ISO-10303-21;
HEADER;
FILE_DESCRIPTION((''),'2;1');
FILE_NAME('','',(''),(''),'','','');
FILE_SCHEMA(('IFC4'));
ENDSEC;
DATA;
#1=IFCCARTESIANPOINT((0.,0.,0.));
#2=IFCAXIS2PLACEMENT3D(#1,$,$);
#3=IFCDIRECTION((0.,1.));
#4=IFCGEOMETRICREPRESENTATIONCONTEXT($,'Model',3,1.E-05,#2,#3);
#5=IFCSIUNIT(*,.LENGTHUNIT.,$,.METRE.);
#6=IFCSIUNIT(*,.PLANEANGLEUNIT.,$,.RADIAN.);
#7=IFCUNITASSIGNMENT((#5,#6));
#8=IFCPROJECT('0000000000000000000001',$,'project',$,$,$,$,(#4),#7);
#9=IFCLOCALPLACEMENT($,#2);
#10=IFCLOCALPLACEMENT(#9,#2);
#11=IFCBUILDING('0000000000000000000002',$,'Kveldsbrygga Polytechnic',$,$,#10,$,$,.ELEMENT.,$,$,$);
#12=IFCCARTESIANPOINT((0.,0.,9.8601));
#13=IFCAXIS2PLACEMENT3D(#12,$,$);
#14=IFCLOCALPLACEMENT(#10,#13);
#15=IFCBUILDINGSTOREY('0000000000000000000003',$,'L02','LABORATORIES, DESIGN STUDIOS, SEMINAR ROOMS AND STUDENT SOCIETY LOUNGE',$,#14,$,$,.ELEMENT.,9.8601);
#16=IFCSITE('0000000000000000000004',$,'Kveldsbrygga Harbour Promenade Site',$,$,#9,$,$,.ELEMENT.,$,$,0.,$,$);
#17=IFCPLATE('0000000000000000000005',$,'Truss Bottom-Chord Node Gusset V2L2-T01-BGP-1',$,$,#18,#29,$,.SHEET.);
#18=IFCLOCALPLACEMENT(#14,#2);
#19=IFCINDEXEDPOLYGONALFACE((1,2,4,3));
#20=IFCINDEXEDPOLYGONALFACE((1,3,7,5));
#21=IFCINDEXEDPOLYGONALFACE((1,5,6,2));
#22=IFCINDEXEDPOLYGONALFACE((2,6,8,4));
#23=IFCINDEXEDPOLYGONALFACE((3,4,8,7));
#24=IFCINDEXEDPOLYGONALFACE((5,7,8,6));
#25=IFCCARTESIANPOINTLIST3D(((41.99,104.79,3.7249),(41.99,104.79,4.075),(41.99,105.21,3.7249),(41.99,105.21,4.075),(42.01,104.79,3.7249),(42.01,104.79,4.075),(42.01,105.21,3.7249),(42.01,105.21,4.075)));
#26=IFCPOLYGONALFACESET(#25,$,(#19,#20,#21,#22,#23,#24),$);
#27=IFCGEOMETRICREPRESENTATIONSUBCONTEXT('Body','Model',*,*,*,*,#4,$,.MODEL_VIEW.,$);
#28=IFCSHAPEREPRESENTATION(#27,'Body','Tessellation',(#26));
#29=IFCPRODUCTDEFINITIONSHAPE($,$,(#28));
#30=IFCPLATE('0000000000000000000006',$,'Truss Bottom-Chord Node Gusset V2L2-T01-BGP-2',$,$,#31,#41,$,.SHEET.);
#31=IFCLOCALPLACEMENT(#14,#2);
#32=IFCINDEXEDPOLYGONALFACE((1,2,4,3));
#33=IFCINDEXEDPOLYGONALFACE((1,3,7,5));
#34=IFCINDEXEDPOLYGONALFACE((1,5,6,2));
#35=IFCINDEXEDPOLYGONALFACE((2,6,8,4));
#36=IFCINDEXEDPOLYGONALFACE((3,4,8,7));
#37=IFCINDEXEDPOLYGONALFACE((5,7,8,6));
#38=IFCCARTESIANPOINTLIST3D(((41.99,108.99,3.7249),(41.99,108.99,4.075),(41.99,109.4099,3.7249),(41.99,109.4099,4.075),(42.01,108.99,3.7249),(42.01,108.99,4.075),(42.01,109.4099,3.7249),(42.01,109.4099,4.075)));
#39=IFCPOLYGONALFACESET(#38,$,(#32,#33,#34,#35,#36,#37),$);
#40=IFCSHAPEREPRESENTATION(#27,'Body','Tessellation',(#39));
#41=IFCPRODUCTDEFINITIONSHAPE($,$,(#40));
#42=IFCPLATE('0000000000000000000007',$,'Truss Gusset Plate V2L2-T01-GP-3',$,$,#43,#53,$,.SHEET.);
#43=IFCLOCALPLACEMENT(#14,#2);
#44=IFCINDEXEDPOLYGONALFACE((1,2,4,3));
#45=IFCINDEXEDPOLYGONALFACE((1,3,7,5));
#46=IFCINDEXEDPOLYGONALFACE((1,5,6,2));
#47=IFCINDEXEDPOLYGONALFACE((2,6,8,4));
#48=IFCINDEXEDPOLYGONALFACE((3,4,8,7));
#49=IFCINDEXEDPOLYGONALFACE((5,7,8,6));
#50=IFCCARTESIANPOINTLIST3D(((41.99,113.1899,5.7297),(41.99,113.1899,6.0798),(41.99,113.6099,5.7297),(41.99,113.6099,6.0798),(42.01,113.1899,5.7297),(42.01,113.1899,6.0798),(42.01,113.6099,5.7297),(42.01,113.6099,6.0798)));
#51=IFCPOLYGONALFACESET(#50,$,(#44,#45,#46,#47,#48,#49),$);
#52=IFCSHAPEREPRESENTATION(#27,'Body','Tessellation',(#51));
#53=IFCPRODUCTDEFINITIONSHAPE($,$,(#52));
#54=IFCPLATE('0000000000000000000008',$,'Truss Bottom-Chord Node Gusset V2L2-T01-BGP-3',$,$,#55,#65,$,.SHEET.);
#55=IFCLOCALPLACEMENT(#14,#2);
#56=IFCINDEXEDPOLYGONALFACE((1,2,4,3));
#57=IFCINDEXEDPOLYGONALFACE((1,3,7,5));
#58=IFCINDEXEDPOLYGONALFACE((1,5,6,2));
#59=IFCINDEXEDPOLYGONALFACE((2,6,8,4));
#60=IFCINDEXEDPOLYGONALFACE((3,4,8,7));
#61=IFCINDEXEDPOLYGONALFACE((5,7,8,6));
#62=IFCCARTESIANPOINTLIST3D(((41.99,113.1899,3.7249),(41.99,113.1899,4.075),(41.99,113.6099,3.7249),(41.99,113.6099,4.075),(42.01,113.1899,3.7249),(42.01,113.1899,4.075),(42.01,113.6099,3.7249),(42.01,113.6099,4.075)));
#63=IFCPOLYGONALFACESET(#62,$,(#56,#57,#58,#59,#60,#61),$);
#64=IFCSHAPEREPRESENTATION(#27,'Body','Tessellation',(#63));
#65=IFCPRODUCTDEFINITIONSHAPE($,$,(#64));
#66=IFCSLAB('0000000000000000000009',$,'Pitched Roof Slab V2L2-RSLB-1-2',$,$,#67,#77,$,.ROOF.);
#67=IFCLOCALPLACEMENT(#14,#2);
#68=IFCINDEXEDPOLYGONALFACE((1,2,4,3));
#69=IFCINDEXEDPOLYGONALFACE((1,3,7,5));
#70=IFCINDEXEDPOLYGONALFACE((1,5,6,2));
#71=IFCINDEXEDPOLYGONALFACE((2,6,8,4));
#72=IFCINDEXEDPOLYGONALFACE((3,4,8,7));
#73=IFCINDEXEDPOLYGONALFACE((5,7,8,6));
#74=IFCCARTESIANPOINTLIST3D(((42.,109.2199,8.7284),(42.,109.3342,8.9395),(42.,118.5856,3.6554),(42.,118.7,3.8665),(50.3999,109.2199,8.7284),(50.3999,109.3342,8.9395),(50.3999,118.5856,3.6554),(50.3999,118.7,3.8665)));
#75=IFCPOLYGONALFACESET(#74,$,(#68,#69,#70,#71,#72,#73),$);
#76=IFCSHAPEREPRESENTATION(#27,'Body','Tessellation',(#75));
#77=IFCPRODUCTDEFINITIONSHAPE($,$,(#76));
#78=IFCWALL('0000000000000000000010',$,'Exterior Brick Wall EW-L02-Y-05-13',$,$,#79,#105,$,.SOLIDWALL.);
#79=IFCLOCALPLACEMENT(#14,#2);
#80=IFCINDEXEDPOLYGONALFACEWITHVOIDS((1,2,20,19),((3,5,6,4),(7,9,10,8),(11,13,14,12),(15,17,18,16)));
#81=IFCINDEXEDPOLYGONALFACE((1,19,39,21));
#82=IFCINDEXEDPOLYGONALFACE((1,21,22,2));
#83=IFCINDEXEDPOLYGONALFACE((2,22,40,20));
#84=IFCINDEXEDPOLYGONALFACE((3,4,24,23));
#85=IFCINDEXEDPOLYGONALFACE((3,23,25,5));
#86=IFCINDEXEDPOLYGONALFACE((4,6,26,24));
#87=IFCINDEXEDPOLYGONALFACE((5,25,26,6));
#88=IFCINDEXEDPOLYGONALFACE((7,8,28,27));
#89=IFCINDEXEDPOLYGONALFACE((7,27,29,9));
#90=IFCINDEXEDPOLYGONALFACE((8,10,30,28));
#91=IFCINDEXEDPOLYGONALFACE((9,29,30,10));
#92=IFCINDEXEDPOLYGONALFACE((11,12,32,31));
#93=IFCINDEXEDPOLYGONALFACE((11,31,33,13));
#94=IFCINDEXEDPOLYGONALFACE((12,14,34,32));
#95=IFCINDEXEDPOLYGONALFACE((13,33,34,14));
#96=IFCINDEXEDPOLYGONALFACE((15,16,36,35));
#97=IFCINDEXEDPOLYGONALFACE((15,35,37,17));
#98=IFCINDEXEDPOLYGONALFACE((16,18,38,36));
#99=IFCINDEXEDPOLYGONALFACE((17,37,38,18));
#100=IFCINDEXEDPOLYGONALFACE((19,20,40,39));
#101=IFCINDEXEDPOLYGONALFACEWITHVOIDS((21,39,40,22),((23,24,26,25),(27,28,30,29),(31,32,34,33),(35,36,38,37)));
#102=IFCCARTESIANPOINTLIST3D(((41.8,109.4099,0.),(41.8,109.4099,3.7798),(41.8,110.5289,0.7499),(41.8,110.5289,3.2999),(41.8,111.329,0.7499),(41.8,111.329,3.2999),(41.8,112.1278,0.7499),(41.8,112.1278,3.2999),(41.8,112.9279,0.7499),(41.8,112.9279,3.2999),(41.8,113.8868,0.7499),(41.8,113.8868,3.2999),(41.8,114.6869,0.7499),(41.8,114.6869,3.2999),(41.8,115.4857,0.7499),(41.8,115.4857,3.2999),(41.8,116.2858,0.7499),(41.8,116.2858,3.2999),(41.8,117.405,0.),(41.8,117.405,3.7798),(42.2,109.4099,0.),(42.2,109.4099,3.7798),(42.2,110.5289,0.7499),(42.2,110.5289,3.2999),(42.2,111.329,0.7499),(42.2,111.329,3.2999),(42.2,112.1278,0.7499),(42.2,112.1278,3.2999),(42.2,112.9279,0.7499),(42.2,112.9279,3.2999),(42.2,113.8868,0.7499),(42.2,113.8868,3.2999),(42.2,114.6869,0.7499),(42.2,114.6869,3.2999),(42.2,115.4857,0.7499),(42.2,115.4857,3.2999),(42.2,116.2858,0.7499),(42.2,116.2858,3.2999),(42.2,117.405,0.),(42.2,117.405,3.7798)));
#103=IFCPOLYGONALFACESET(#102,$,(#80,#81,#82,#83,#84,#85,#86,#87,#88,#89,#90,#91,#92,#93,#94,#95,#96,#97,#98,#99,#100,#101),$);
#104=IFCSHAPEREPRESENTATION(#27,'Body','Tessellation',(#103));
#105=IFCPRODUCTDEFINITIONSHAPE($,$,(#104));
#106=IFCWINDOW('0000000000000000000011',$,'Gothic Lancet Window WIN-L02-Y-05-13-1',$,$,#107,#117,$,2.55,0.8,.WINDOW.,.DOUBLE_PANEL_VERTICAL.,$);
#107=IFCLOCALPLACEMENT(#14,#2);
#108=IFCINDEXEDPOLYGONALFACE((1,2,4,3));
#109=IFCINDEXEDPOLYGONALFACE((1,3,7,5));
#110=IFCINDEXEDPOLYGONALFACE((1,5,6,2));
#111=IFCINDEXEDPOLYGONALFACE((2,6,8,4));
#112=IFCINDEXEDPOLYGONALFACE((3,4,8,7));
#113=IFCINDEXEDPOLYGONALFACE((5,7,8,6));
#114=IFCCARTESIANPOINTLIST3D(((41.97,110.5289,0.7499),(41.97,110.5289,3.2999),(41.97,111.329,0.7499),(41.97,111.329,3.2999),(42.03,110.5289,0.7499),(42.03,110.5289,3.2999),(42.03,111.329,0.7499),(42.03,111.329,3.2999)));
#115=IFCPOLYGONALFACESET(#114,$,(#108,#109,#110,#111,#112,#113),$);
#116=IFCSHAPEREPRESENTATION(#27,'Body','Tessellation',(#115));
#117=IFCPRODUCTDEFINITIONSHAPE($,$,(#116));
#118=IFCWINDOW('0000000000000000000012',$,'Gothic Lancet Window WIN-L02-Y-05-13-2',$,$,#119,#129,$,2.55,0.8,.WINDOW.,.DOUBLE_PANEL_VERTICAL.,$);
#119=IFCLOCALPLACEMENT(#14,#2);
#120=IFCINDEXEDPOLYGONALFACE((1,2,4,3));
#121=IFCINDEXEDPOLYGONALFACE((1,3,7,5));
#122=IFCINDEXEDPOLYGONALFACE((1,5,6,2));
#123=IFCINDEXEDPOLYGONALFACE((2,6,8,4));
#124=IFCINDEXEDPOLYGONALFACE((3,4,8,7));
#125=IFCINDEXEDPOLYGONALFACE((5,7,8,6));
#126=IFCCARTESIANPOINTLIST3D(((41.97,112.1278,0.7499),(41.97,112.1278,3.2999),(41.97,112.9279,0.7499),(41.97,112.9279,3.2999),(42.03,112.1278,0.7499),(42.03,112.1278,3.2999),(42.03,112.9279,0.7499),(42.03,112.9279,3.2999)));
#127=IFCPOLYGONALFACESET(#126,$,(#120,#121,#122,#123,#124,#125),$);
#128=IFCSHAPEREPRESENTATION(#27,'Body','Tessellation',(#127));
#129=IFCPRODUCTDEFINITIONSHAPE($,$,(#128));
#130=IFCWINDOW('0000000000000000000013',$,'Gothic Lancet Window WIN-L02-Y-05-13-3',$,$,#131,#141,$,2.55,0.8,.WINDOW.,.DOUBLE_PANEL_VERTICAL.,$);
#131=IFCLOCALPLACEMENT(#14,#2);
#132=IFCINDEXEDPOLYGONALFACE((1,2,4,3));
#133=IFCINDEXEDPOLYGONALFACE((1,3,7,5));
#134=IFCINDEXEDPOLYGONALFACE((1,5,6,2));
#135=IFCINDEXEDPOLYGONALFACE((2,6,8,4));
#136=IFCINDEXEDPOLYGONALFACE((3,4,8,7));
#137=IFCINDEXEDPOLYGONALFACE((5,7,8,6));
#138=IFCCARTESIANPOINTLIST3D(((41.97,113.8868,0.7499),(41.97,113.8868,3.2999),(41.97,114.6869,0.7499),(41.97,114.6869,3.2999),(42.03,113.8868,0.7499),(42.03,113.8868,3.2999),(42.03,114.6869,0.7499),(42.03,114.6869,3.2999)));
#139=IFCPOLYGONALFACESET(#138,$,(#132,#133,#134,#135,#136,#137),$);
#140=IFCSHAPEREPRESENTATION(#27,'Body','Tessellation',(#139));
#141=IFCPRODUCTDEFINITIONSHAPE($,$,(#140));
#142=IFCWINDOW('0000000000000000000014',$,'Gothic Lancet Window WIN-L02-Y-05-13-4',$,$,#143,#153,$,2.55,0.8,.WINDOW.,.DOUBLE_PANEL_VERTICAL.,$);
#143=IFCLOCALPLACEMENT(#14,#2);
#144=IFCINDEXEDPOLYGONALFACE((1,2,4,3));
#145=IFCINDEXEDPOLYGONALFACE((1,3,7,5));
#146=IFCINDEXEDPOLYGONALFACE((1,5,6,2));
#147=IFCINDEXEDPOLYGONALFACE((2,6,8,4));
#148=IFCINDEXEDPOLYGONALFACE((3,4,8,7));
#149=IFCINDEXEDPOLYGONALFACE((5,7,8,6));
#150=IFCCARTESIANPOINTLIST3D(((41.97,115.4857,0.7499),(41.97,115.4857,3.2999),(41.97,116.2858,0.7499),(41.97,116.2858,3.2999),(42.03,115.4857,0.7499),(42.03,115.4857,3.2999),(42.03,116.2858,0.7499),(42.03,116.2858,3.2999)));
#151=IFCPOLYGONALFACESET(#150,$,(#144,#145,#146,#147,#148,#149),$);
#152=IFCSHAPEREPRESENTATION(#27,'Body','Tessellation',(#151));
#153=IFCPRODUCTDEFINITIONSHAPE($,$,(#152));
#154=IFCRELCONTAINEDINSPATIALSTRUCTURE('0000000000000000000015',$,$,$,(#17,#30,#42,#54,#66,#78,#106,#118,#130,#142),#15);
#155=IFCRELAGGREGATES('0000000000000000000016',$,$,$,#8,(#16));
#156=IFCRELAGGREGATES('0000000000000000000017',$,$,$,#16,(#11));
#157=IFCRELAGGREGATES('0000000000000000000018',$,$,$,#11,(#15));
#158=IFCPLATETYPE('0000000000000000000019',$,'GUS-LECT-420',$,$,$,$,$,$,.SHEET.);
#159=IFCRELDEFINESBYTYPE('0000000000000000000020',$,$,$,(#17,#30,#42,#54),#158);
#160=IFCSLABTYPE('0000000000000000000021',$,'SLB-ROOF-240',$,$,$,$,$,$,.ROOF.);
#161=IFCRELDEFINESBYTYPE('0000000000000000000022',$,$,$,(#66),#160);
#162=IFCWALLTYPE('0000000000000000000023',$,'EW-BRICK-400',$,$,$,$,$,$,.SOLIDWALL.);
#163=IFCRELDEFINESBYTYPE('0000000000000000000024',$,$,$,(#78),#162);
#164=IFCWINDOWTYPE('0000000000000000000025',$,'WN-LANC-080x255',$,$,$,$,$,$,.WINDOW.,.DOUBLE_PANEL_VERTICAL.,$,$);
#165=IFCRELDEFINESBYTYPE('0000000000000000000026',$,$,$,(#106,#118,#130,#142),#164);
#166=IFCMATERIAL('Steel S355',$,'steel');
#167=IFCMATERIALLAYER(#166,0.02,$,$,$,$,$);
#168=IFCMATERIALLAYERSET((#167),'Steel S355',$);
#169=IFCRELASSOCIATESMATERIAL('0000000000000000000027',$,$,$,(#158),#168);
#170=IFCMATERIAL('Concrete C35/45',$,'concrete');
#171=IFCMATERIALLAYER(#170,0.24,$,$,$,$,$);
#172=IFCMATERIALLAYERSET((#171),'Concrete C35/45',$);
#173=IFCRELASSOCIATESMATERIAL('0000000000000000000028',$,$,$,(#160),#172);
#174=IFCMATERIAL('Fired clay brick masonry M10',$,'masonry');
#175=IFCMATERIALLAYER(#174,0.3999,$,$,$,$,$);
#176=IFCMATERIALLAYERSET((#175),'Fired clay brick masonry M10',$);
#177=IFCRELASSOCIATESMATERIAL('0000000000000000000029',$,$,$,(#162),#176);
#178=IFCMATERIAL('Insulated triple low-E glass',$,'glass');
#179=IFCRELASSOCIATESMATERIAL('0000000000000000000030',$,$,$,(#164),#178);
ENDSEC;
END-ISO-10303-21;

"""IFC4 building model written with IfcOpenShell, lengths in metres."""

from ifc_helpers import new_model, si_unit, direction, frame, frame_2d, origin, origin_2d, place, context, subcontext, project, spatial, polyline, rectangle, outline, extrude, material, layer, layer_set, type_object, element, fill, save


model = new_model("IFC4")

# Units and contexts
model_context = context("Model", 3, precision=1e-05, world=origin(), true_north=direction((0.0, 1.0)))
body_context = subcontext(model_context, "Body", "Model", "MODEL_VIEW")
ifc_project = project(units=[si_unit("LENGTHUNIT", "METRE"), si_unit("PLANEANGLEUNIT", "RADIAN")], contexts=[model_context])

# Site, building, storey
site_placement = place(None, origin())
site = spatial("IfcSite", under=ifc_project, at=site_placement, Name="Kveldsbrygga Harbour Promenade Site", CompositionType="ELEMENT", RefElevation=0.0)
building_placement = place(site_placement, origin())
building = spatial("IfcBuilding", under=site, at=building_placement, Name="Kveldsbrygga Polytechnic", CompositionType="ELEMENT")
storey_placement = place(building_placement, frame((0.0, 0.0, 9.8601)))
storey = spatial("IfcBuildingStorey", under=building, at=storey_placement, Name="L02", Description="LABORATORIES, DESIGN STUDIOS, SEMINAR ROOMS AND STUDENT SOCIETY LOUNGE", CompositionType="ELEMENT", Elevation=9.8601)

# Shared definitions
ifc_material_1 = material(Name="Steel S355", Category="steel")

# Plates
ifc_layer_1 = layer(ifc_material_1, 0.02)
ifc_layer_set_1 = layer_set([ifc_layer_1], Name="Steel S355")
plate_type_1 = type_object("IfcPlateType", Name="GUS-LECT-420", PredefinedType="SHEET", material=ifc_layer_set_1)
for number, where, z_axis, x_axis, name in (
    (1, (42.0, 105.0, 3.7249), (0.0, 0.0, 1.0), (1.0, 0.0, 0.0), "Truss Bottom-Chord Node Gusset V2L2-T01-BGP-1"),
    (2, (42.0, 109.2, 3.7249), (0.0, 0.0, 1.0), (1.0, 0.0, 0.0), "Truss Bottom-Chord Node Gusset V2L2-T01-BGP-2"),
    (3, (42.0, 113.3999, 5.7297), (0.0, 0.0, 1.0), (1.0, 0.0, 0.0), "Truss Gusset Plate V2L2-T01-GP-3"),
    (4, (42.0, 113.3999, 3.7249), (0.0, 0.0, 1.0), (1.0, 0.0, 0.0), "Truss Bottom-Chord Node Gusset V2L2-T01-BGP-3"),
):
    element("IfcPlate", number, at=place(storey_placement, frame(where, z_axis=z_axis, x_axis=x_axis)), inside=storey, type_object=plate_type_1, Name=name, PredefinedType="SHEET", context=body_context, shape_type="SweptSolid", body=[
        extrude(rectangle(XDim=0.02, YDim=0.4199, at=origin_2d()), origin(), (0.0, 0.0, 1.0), 0.3501),
    ])

# Slab
ifc_material_2 = material(Name="Concrete C35/45", Category="concrete")
ifc_layer_2 = layer(ifc_material_2, 0.24)
ifc_layer_set_2 = layer_set([ifc_layer_2], Name="Concrete C35/45")
slab_type = type_object("IfcSlabType", Name="SLB-ROOF-240", PredefinedType="ROOF", material=ifc_layer_set_2)
slab_placement = place(storey_placement, frame((42.0, 109.3342, 8.9395), z_axis=(0.0, 0.476276, 0.879296), x_axis=(1.0, 0.0, 0.0)))
element("IfcSlab", 5, at=slab_placement, inside=storey, type_object=slab_type, Name="Pitched Roof Slab V2L2-RSLB-1-2", PredefinedType="ROOF", context=body_context, shape_type="SweptSolid", body=[
    extrude(outline(polyline([(0.0, 0.0), (8.3999, 0.0), (8.3999, 10.6514), (0.0, 10.6514), (0.0, 0.0)])), origin(), (0.0, 0.0, -1.0), 0.24),
])

# Wall, openings, windows
ifc_material_3 = material(Name="Fired clay brick masonry M10", Category="masonry")
ifc_layer_3 = layer(ifc_material_3, 0.3999)
ifc_layer_set_3 = layer_set([ifc_layer_3], Name="Fired clay brick masonry M10")
wall_type = type_object("IfcWallType", Name="EW-BRICK-400", PredefinedType="SOLIDWALL", material=ifc_layer_set_3)
wall_placement = place(storey_placement, frame((42.0, 109.4099, 0.0), z_axis=(0.0, 0.0, 1.0), x_axis=(0.0, 1.0, 0.0)))
wall = element("IfcWall", 6, at=wall_placement, inside=storey, type_object=wall_type, Name="Exterior Brick Wall EW-L02-Y-05-13", PredefinedType="SOLIDWALL", context=body_context, shape_type="SweptSolid", body=[
    extrude(rectangle(XDim=7.9951, YDim=0.3999, at=frame_2d((3.9976, 0.0))), origin(), (0.0, 0.0, 1.0), 3.7798),
])
opening_1_placement = place(wall_placement, frame((1.1191, 0.0, 0.75)))
opening_1 = element("IfcOpeningElement", 7, at=opening_1_placement, cuts=wall, PredefinedType="OPENING", context=body_context, shape_type="SweptSolid", body=[
    extrude(rectangle(XDim=0.8, YDim=2.55, at=frame_2d((0.3999, 1.2749))), frame((0.0, 0.21, 0.0), z_axis=(0.0, -1.0, 0.0), x_axis=(1.0, 0.0, 0.0)), (0.0, 0.0, 1.0), 0.4199),
])
opening_2_placement = place(wall_placement, frame((2.718, 0.0, 0.75)))
opening_2 = element("IfcOpeningElement", 8, at=opening_2_placement, cuts=wall, PredefinedType="OPENING", context=body_context, shape_type="SweptSolid", body=[
    extrude(rectangle(XDim=0.8, YDim=2.55, at=frame_2d((0.3999, 1.2749))), frame((0.0, 0.21, 0.0), z_axis=(0.0, -1.0, 0.0), x_axis=(1.0, 0.0, 0.0)), (0.0, 0.0, 1.0), 0.4199),
])
opening_3_placement = place(wall_placement, frame((4.4771, 0.0, 0.75)))
opening_3 = element("IfcOpeningElement", 9, at=opening_3_placement, cuts=wall, PredefinedType="OPENING", context=body_context, shape_type="SweptSolid", body=[
    extrude(rectangle(XDim=0.8, YDim=2.55, at=frame_2d((0.3999, 1.2749))), frame((0.0, 0.21, 0.0), z_axis=(0.0, -1.0, 0.0), x_axis=(1.0, 0.0, 0.0)), (0.0, 0.0, 1.0), 0.4199),
])
opening_4_placement = place(wall_placement, frame((6.0759, 0.0, 0.75)))
opening_4 = element("IfcOpeningElement", 10, at=opening_4_placement, cuts=wall, PredefinedType="OPENING", context=body_context, shape_type="SweptSolid", body=[
    extrude(rectangle(XDim=0.8, YDim=2.55, at=frame_2d((0.3999, 1.2749))), frame((0.0, 0.21, 0.0), z_axis=(0.0, -1.0, 0.0), x_axis=(1.0, 0.0, 0.0)), (0.0, 0.0, 1.0), 0.4199),
])
ifc_material_4 = material(Name="Insulated triple low-E glass", Category="glass")
window_type = type_object("IfcWindowType", Name="WN-LANC-080x255", PartitioningType="DOUBLE_PANEL_VERTICAL", PredefinedType="WINDOW", material=ifc_material_4)
window_1_placement = place(opening_1_placement, origin())
window_1 = element("IfcWindow", 11, at=window_1_placement, inside=storey, type_object=window_type, Name="Gothic Lancet Window WIN-L02-Y-05-13-1", OverallHeight=2.55, OverallWidth=0.8, PartitioningType="DOUBLE_PANEL_VERTICAL", PredefinedType="WINDOW", context=body_context, shape_type="SweptSolid", body=[
    extrude(rectangle(XDim=0.8, YDim=2.55, at=frame_2d((0.3999, 1.2749))), frame((0.0, 0.03, 0.0), z_axis=(0.0, -1.0, 0.0), x_axis=(1.0, 0.0, 0.0)), (0.0, 0.0, 1.0), 0.0601),
])
fill(opening_1, window_1)
window_2_placement = place(opening_2_placement, origin())
window_2 = element("IfcWindow", 12, at=window_2_placement, inside=storey, type_object=window_type, Name="Gothic Lancet Window WIN-L02-Y-05-13-2", OverallHeight=2.55, OverallWidth=0.8, PartitioningType="DOUBLE_PANEL_VERTICAL", PredefinedType="WINDOW", context=body_context, shape_type="SweptSolid", body=[
    extrude(rectangle(XDim=0.8, YDim=2.55, at=frame_2d((0.3999, 1.2749))), frame((0.0, 0.03, 0.0), z_axis=(0.0, -1.0, 0.0), x_axis=(1.0, 0.0, 0.0)), (0.0, 0.0, 1.0), 0.0601),
])
fill(opening_2, window_2)
window_3_placement = place(opening_3_placement, origin())
window_3 = element("IfcWindow", 13, at=window_3_placement, inside=storey, type_object=window_type, Name="Gothic Lancet Window WIN-L02-Y-05-13-3", OverallHeight=2.55, OverallWidth=0.8, PartitioningType="DOUBLE_PANEL_VERTICAL", PredefinedType="WINDOW", context=body_context, shape_type="SweptSolid", body=[
    extrude(rectangle(XDim=0.8, YDim=2.55, at=frame_2d((0.3999, 1.2749))), frame((0.0, 0.03, 0.0), z_axis=(0.0, -1.0, 0.0), x_axis=(1.0, 0.0, 0.0)), (0.0, 0.0, 1.0), 0.0601),
])
fill(opening_3, window_3)
window_4_placement = place(opening_4_placement, origin())
window_4 = element("IfcWindow", 14, at=window_4_placement, inside=storey, type_object=window_type, Name="Gothic Lancet Window WIN-L02-Y-05-13-4", OverallHeight=2.55, OverallWidth=0.8, PartitioningType="DOUBLE_PANEL_VERTICAL", PredefinedType="WINDOW", context=body_context, shape_type="SweptSolid", body=[
    extrude(rectangle(XDim=0.8, YDim=2.55, at=frame_2d((0.3999, 1.2749))), frame((0.0, 0.03, 0.0), z_axis=(0.0, -1.0, 0.0), x_axis=(1.0, 0.0, 0.0)), (0.0, 0.0, 1.0), 0.0601),
])
fill(opening_4, window_4)

save(model, "model.ifc")
